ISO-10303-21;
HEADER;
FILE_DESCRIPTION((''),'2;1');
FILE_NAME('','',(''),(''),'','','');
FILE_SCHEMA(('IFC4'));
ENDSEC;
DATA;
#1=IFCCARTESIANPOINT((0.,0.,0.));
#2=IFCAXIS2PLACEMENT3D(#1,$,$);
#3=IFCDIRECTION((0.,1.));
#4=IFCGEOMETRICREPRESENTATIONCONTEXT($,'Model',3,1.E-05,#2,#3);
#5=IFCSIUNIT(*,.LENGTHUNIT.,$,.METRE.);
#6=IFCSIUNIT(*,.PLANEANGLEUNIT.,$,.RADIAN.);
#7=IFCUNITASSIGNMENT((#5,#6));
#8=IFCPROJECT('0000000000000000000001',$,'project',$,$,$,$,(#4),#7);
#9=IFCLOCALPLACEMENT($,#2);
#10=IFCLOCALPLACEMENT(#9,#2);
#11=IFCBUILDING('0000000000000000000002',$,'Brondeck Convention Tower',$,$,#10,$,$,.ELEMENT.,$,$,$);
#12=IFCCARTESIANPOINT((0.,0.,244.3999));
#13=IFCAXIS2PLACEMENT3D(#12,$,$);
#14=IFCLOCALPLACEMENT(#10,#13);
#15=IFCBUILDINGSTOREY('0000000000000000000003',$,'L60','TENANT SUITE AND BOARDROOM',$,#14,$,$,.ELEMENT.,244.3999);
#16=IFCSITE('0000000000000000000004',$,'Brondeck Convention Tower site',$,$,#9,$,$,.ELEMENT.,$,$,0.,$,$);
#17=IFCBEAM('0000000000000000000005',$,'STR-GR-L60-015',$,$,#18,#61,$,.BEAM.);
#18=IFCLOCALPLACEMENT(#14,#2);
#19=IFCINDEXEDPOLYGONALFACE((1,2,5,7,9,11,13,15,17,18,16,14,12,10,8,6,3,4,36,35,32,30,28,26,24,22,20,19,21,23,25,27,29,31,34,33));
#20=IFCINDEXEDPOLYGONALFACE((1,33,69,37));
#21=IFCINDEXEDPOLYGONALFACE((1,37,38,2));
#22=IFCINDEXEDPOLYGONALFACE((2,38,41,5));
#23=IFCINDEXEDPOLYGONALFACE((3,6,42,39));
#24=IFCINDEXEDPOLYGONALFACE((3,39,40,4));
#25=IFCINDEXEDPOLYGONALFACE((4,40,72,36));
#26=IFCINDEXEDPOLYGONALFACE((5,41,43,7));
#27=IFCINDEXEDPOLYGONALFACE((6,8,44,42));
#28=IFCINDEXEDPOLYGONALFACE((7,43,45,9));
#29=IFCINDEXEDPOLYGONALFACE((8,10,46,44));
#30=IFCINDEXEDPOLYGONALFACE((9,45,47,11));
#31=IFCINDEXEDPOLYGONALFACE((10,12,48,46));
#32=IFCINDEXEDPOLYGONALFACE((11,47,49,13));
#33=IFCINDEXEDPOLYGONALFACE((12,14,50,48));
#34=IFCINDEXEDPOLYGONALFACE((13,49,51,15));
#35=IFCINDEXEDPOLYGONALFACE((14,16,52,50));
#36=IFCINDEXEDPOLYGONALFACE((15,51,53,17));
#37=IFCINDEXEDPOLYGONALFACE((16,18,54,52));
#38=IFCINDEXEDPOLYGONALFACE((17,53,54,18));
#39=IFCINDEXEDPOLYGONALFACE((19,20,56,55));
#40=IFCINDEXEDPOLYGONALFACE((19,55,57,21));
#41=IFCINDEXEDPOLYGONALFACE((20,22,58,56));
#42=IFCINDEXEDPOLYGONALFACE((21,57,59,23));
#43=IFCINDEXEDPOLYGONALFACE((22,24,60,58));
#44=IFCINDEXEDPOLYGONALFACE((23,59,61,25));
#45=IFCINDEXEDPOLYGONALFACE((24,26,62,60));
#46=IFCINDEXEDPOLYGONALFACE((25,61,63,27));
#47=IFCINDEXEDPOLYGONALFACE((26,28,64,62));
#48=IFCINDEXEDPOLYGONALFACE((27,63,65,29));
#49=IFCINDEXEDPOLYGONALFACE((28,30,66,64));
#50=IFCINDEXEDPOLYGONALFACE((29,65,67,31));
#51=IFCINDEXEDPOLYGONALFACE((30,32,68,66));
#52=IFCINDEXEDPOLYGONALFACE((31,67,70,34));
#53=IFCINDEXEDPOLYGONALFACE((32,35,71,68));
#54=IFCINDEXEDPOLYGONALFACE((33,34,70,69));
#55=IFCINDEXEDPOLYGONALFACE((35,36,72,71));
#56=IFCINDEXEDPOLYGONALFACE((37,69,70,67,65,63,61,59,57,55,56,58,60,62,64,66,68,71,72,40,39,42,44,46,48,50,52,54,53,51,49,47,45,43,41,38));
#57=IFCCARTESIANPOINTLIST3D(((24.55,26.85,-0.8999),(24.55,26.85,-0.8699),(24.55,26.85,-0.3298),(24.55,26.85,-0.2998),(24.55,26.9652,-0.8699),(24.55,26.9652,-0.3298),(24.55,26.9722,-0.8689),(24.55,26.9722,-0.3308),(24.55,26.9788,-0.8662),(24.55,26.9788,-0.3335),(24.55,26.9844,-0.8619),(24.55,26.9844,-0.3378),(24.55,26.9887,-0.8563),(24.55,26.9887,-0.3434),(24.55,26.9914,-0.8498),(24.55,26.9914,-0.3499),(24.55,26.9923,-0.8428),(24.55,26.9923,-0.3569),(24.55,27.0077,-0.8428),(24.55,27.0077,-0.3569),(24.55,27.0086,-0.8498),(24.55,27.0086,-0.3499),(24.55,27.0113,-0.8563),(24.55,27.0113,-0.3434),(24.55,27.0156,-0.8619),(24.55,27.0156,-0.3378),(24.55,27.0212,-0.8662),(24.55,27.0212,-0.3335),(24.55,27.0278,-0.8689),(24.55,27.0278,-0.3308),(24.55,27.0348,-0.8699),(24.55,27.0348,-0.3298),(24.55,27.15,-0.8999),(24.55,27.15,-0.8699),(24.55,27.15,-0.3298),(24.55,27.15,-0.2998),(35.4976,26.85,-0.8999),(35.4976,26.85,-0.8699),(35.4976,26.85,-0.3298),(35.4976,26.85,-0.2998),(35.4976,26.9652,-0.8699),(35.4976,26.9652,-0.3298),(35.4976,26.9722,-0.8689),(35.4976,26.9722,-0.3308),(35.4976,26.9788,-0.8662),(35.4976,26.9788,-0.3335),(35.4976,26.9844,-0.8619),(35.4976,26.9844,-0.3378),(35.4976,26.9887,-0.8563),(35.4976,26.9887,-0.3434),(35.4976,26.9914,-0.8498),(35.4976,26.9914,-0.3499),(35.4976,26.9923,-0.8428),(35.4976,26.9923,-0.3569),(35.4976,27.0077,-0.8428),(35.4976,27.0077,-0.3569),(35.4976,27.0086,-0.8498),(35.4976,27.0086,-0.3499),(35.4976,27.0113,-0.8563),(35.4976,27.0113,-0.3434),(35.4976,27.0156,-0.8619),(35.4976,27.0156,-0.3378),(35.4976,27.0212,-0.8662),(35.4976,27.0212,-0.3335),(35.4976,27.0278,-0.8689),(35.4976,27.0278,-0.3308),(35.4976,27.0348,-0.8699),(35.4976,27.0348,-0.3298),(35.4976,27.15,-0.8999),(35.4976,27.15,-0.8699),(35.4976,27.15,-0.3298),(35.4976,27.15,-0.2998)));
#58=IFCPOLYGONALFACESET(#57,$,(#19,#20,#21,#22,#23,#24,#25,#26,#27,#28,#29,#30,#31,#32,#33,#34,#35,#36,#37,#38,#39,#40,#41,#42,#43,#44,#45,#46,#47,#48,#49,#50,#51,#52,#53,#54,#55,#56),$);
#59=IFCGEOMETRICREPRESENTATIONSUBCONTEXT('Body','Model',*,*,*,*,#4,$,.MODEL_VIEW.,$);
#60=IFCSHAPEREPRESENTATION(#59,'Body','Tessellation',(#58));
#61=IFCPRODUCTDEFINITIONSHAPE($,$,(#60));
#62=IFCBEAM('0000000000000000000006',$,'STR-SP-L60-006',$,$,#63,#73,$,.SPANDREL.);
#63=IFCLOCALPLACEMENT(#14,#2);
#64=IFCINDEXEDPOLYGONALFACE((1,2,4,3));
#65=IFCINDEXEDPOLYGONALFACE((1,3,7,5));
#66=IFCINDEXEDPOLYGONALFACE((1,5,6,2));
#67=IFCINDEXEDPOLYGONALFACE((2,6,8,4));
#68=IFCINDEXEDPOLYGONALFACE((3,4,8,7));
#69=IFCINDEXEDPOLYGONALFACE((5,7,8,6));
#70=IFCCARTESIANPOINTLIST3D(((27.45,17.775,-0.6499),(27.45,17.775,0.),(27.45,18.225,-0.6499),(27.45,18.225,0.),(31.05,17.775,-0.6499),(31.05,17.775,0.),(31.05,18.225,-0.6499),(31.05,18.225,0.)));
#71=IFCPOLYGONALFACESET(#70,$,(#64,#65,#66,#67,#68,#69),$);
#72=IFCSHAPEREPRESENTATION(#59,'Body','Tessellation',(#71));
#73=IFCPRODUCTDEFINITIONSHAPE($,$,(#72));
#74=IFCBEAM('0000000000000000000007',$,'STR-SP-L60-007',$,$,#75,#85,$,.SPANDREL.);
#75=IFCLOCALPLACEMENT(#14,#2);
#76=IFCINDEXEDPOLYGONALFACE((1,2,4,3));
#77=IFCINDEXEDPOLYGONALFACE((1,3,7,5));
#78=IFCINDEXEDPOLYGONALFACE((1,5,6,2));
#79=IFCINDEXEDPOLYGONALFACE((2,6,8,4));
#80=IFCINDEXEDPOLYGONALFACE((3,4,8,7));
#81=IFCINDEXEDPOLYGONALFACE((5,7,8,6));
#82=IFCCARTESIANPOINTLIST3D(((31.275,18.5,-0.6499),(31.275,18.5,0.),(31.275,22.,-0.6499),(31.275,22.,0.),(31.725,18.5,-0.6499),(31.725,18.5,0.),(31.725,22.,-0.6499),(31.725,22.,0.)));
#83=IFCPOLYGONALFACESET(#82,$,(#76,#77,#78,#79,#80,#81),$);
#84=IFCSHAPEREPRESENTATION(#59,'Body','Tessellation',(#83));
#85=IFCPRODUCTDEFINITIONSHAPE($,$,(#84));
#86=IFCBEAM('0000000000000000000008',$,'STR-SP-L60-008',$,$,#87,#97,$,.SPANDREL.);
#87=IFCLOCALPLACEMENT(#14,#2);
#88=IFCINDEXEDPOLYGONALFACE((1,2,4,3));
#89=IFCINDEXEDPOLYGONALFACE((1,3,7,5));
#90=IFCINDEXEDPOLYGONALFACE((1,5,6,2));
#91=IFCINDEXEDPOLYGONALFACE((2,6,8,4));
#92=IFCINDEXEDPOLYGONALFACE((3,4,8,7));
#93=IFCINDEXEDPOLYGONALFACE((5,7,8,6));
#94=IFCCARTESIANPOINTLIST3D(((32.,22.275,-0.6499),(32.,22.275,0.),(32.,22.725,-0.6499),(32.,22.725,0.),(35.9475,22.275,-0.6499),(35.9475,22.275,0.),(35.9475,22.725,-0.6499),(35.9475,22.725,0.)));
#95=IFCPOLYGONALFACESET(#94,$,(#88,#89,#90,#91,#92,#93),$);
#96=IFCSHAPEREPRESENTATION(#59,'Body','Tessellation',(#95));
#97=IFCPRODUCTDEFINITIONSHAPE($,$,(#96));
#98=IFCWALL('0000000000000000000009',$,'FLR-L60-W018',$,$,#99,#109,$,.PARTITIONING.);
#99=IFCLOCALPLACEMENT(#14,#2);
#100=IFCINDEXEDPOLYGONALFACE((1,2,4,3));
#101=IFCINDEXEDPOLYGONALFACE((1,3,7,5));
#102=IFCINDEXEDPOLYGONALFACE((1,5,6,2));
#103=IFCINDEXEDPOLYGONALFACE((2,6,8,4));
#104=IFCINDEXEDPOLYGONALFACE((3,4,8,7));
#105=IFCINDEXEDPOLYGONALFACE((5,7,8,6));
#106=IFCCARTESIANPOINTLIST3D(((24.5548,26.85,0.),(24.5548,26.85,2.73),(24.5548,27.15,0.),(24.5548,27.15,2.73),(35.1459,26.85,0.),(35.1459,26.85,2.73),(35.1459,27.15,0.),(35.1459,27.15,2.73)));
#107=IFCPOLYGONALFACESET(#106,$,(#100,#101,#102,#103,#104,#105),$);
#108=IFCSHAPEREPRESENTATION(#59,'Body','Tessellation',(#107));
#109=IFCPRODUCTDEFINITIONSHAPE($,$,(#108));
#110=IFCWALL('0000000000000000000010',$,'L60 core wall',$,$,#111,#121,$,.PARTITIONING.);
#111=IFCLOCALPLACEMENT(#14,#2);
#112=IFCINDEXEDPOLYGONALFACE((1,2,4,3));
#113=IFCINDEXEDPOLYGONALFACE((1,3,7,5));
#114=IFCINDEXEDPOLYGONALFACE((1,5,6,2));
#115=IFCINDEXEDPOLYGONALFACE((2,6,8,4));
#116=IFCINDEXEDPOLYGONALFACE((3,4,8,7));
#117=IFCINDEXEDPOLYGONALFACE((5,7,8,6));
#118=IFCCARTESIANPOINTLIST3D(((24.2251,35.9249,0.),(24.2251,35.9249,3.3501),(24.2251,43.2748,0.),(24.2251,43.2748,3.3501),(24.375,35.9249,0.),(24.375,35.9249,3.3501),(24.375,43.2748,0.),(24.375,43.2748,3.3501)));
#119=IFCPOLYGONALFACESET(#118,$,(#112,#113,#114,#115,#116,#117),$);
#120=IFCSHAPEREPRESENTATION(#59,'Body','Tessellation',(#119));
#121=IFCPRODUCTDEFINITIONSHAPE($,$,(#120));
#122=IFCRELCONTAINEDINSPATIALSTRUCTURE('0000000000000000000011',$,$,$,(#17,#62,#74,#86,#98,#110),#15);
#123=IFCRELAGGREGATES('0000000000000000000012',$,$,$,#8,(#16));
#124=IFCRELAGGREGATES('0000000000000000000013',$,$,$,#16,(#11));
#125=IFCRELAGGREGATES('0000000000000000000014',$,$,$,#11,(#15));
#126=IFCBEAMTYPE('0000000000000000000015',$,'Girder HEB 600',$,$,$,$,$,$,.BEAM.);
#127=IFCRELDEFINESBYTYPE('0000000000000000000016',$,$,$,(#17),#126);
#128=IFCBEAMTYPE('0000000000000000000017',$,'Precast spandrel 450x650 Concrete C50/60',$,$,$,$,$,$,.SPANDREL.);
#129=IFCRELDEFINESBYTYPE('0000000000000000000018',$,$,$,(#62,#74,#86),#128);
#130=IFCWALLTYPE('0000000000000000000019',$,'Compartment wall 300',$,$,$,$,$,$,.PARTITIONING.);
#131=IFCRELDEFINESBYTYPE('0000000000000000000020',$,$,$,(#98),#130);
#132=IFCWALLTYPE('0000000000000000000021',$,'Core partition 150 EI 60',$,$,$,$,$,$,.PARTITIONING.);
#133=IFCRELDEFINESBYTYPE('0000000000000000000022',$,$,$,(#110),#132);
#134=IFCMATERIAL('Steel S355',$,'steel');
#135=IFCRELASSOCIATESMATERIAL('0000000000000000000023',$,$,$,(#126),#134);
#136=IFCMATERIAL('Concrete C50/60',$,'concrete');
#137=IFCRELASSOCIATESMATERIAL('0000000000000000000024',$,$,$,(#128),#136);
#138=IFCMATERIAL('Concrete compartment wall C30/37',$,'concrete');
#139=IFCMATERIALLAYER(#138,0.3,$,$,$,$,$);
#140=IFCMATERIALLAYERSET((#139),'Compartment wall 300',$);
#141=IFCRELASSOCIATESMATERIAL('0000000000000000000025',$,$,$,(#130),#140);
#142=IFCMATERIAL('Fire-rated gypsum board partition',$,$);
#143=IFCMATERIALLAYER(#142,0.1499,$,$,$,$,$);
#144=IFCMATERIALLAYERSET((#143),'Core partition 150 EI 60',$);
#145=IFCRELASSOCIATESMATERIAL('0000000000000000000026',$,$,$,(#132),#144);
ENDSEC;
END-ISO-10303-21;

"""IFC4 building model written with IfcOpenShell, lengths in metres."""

from ifc_helpers import new_model, si_unit, direction, frame, frame_2d, origin, origin_2d, place, context, subcontext, project, spatial, rectangle, i_section, extrude, material, layer, layer_set, material_profile, profile_set, type_object, element, save


model = new_model("IFC4")

# Units and contexts
model_context = context("Model", 3, precision=1e-05, world=origin(), true_north=direction((0.0, 1.0)))
body_context = subcontext(model_context, "Body", "Model", "MODEL_VIEW")
ifc_project = project(units=[si_unit("LENGTHUNIT", "METRE"), si_unit("PLANEANGLEUNIT", "RADIAN")], contexts=[model_context])

# Site, building, storey
site_placement = place(None, origin())
site = spatial("IfcSite", under=ifc_project, at=site_placement, Name="Brondeck Convention Tower site", CompositionType="ELEMENT", RefElevation=0.0)
building_placement = place(site_placement, origin())
building = spatial("IfcBuilding", under=site, at=building_placement, Name="Brondeck Convention Tower", CompositionType="ELEMENT")
storey_placement = place(building_placement, frame((0.0, 0.0, 244.3999)))
storey = spatial("IfcBuildingStorey", under=building, at=storey_placement, Name="L60", Description="TENANT SUITE AND BOARDROOM", CompositionType="ELEMENT", Elevation=244.3999)

# Shared definitions
ifc_material_1 = material(Name="Concrete C50/60", Category="concrete")

# Beams
ifc_material_2 = material(Name="Steel S355", Category="steel")
ifc_material_profile_1 = material_profile(ifc_material_2, i_section(OverallWidth=0.3, OverallDepth=0.6001, WebThickness=0.0154, FlangeThickness=0.03, FilletRadius=0.0271, at=origin_2d()), Name="HEB 600")
ifc_profile_set_1 = profile_set([ifc_material_profile_1], Name="Steel S355")
beam_type_1 = type_object("IfcBeamType", Name="Girder HEB 600", PredefinedType="BEAM", material=ifc_profile_set_1)
beam_1_placement = place(storey_placement, frame((24.55, 27.0, -0.5999), z_axis=(1.0, 0.0, 0.0), x_axis=(0.0, 1.0, 0.0)))
element("IfcBeam", 1, at=beam_1_placement, inside=storey, type_object=beam_type_1, Name="STR-GR-L60-015", PredefinedType="BEAM", context=body_context, shape_type="SweptSolid", body=[
    extrude(i_section(OverallWidth=0.3, OverallDepth=0.6001, WebThickness=0.0154, FlangeThickness=0.03, FilletRadius=0.0271, at=origin_2d()), origin(), (0.0, 0.0, 1.0), 10.9475),
])
ifc_material_profile_2 = material_profile(ifc_material_1, rectangle(XDim=0.45, YDim=0.6499, at=origin_2d()), Name="Precast spandrel 450x650 Concrete C50/60")
ifc_profile_set_2 = profile_set([ifc_material_profile_2], Name="Concrete C50/60")
beam_type_2 = type_object("IfcBeamType", Name="Precast spandrel 450x650 Concrete C50/60", PredefinedType="SPANDREL", material=ifc_profile_set_2)
beam_2_placement = place(storey_placement, frame((27.45, 18.0, -0.325), z_axis=(1.0, 0.0, 0.0), x_axis=(0.0, 1.0, 0.0)))
element("IfcBeam", 2, at=beam_2_placement, inside=storey, type_object=beam_type_2, Name="STR-SP-L60-006", PredefinedType="SPANDREL", context=body_context, shape_type="SweptSolid", body=[
    extrude(rectangle(XDim=0.45, YDim=0.6499, at=origin_2d()), origin(), (0.0, 0.0, 1.0), 3.6001),
])
beam_3_placement = place(storey_placement, frame((31.5, 18.5, -0.325), z_axis=(0.0, 1.0, 0.0), x_axis=(-1.0, 0.0, 0.0)))
element("IfcBeam", 3, at=beam_3_placement, inside=storey, type_object=beam_type_2, Name="STR-SP-L60-007", PredefinedType="SPANDREL", context=body_context, shape_type="SweptSolid", body=[
    extrude(rectangle(XDim=0.45, YDim=0.6499, at=origin_2d()), origin(), (0.0, 0.0, 1.0), 3.5),
])
beam_4_placement = place(storey_placement, frame((32.0, 22.5, -0.325), z_axis=(1.0, 0.0, 0.0), x_axis=(0.0, 1.0, 0.0)))
element("IfcBeam", 4, at=beam_4_placement, inside=storey, type_object=beam_type_2, Name="STR-SP-L60-008", PredefinedType="SPANDREL", context=body_context, shape_type="SweptSolid", body=[
    extrude(rectangle(XDim=0.45, YDim=0.6499, at=origin_2d()), origin(), (0.0, 0.0, 1.0), 3.9475),
])

# Walls
ifc_material_3 = material(Name="Concrete compartment wall C30/37", Category="concrete")
ifc_layer_1 = layer(ifc_material_3, 0.3)
ifc_layer_set_1 = layer_set([ifc_layer_1], Name="Compartment wall 300")
wall_type_1 = type_object("IfcWallType", Name="Compartment wall 300", PredefinedType="PARTITIONING", material=ifc_layer_set_1)
wall_1_placement = place(storey_placement, frame((24.5549, 27.0, 0.0), z_axis=(0.0, 0.0, 1.0), x_axis=(1.0, 0.0, 0.0)))
element("IfcWall", 5, at=wall_1_placement, inside=storey, type_object=wall_type_1, Name="FLR-L60-W018", PredefinedType="PARTITIONING", context=body_context, shape_type="SweptSolid", body=[
    extrude(rectangle(XDim=10.5911, YDim=0.3, at=frame_2d((5.2954, 0.0))), origin(), (0.0, 0.0, 1.0), 2.73),
])
ifc_material_4 = material(Name="Fire-rated gypsum board partition")
ifc_layer_2 = layer(ifc_material_4, 0.1499)
ifc_layer_set_2 = layer_set([ifc_layer_2], Name="Core partition 150 EI 60")
wall_type_2 = type_object("IfcWallType", Name="Core partition 150 EI 60", PredefinedType="PARTITIONING", material=ifc_layer_set_2)
wall_2_placement = place(storey_placement, frame((24.3, 35.925, 0.0), z_axis=(0.0, 0.0, 1.0), x_axis=(0.0, 1.0, 0.0)))
element("IfcWall", 6, at=wall_2_placement, inside=storey, type_object=wall_type_2, Name="L60 core wall", PredefinedType="PARTITIONING", context=body_context, shape_type="SweptSolid", body=[
    extrude(rectangle(XDim=7.3499, YDim=0.1499, at=frame_2d((3.6748, 0.0))), origin(), (0.0, 0.0, 1.0), 3.3501),
])

save(model, "model.ifc")
